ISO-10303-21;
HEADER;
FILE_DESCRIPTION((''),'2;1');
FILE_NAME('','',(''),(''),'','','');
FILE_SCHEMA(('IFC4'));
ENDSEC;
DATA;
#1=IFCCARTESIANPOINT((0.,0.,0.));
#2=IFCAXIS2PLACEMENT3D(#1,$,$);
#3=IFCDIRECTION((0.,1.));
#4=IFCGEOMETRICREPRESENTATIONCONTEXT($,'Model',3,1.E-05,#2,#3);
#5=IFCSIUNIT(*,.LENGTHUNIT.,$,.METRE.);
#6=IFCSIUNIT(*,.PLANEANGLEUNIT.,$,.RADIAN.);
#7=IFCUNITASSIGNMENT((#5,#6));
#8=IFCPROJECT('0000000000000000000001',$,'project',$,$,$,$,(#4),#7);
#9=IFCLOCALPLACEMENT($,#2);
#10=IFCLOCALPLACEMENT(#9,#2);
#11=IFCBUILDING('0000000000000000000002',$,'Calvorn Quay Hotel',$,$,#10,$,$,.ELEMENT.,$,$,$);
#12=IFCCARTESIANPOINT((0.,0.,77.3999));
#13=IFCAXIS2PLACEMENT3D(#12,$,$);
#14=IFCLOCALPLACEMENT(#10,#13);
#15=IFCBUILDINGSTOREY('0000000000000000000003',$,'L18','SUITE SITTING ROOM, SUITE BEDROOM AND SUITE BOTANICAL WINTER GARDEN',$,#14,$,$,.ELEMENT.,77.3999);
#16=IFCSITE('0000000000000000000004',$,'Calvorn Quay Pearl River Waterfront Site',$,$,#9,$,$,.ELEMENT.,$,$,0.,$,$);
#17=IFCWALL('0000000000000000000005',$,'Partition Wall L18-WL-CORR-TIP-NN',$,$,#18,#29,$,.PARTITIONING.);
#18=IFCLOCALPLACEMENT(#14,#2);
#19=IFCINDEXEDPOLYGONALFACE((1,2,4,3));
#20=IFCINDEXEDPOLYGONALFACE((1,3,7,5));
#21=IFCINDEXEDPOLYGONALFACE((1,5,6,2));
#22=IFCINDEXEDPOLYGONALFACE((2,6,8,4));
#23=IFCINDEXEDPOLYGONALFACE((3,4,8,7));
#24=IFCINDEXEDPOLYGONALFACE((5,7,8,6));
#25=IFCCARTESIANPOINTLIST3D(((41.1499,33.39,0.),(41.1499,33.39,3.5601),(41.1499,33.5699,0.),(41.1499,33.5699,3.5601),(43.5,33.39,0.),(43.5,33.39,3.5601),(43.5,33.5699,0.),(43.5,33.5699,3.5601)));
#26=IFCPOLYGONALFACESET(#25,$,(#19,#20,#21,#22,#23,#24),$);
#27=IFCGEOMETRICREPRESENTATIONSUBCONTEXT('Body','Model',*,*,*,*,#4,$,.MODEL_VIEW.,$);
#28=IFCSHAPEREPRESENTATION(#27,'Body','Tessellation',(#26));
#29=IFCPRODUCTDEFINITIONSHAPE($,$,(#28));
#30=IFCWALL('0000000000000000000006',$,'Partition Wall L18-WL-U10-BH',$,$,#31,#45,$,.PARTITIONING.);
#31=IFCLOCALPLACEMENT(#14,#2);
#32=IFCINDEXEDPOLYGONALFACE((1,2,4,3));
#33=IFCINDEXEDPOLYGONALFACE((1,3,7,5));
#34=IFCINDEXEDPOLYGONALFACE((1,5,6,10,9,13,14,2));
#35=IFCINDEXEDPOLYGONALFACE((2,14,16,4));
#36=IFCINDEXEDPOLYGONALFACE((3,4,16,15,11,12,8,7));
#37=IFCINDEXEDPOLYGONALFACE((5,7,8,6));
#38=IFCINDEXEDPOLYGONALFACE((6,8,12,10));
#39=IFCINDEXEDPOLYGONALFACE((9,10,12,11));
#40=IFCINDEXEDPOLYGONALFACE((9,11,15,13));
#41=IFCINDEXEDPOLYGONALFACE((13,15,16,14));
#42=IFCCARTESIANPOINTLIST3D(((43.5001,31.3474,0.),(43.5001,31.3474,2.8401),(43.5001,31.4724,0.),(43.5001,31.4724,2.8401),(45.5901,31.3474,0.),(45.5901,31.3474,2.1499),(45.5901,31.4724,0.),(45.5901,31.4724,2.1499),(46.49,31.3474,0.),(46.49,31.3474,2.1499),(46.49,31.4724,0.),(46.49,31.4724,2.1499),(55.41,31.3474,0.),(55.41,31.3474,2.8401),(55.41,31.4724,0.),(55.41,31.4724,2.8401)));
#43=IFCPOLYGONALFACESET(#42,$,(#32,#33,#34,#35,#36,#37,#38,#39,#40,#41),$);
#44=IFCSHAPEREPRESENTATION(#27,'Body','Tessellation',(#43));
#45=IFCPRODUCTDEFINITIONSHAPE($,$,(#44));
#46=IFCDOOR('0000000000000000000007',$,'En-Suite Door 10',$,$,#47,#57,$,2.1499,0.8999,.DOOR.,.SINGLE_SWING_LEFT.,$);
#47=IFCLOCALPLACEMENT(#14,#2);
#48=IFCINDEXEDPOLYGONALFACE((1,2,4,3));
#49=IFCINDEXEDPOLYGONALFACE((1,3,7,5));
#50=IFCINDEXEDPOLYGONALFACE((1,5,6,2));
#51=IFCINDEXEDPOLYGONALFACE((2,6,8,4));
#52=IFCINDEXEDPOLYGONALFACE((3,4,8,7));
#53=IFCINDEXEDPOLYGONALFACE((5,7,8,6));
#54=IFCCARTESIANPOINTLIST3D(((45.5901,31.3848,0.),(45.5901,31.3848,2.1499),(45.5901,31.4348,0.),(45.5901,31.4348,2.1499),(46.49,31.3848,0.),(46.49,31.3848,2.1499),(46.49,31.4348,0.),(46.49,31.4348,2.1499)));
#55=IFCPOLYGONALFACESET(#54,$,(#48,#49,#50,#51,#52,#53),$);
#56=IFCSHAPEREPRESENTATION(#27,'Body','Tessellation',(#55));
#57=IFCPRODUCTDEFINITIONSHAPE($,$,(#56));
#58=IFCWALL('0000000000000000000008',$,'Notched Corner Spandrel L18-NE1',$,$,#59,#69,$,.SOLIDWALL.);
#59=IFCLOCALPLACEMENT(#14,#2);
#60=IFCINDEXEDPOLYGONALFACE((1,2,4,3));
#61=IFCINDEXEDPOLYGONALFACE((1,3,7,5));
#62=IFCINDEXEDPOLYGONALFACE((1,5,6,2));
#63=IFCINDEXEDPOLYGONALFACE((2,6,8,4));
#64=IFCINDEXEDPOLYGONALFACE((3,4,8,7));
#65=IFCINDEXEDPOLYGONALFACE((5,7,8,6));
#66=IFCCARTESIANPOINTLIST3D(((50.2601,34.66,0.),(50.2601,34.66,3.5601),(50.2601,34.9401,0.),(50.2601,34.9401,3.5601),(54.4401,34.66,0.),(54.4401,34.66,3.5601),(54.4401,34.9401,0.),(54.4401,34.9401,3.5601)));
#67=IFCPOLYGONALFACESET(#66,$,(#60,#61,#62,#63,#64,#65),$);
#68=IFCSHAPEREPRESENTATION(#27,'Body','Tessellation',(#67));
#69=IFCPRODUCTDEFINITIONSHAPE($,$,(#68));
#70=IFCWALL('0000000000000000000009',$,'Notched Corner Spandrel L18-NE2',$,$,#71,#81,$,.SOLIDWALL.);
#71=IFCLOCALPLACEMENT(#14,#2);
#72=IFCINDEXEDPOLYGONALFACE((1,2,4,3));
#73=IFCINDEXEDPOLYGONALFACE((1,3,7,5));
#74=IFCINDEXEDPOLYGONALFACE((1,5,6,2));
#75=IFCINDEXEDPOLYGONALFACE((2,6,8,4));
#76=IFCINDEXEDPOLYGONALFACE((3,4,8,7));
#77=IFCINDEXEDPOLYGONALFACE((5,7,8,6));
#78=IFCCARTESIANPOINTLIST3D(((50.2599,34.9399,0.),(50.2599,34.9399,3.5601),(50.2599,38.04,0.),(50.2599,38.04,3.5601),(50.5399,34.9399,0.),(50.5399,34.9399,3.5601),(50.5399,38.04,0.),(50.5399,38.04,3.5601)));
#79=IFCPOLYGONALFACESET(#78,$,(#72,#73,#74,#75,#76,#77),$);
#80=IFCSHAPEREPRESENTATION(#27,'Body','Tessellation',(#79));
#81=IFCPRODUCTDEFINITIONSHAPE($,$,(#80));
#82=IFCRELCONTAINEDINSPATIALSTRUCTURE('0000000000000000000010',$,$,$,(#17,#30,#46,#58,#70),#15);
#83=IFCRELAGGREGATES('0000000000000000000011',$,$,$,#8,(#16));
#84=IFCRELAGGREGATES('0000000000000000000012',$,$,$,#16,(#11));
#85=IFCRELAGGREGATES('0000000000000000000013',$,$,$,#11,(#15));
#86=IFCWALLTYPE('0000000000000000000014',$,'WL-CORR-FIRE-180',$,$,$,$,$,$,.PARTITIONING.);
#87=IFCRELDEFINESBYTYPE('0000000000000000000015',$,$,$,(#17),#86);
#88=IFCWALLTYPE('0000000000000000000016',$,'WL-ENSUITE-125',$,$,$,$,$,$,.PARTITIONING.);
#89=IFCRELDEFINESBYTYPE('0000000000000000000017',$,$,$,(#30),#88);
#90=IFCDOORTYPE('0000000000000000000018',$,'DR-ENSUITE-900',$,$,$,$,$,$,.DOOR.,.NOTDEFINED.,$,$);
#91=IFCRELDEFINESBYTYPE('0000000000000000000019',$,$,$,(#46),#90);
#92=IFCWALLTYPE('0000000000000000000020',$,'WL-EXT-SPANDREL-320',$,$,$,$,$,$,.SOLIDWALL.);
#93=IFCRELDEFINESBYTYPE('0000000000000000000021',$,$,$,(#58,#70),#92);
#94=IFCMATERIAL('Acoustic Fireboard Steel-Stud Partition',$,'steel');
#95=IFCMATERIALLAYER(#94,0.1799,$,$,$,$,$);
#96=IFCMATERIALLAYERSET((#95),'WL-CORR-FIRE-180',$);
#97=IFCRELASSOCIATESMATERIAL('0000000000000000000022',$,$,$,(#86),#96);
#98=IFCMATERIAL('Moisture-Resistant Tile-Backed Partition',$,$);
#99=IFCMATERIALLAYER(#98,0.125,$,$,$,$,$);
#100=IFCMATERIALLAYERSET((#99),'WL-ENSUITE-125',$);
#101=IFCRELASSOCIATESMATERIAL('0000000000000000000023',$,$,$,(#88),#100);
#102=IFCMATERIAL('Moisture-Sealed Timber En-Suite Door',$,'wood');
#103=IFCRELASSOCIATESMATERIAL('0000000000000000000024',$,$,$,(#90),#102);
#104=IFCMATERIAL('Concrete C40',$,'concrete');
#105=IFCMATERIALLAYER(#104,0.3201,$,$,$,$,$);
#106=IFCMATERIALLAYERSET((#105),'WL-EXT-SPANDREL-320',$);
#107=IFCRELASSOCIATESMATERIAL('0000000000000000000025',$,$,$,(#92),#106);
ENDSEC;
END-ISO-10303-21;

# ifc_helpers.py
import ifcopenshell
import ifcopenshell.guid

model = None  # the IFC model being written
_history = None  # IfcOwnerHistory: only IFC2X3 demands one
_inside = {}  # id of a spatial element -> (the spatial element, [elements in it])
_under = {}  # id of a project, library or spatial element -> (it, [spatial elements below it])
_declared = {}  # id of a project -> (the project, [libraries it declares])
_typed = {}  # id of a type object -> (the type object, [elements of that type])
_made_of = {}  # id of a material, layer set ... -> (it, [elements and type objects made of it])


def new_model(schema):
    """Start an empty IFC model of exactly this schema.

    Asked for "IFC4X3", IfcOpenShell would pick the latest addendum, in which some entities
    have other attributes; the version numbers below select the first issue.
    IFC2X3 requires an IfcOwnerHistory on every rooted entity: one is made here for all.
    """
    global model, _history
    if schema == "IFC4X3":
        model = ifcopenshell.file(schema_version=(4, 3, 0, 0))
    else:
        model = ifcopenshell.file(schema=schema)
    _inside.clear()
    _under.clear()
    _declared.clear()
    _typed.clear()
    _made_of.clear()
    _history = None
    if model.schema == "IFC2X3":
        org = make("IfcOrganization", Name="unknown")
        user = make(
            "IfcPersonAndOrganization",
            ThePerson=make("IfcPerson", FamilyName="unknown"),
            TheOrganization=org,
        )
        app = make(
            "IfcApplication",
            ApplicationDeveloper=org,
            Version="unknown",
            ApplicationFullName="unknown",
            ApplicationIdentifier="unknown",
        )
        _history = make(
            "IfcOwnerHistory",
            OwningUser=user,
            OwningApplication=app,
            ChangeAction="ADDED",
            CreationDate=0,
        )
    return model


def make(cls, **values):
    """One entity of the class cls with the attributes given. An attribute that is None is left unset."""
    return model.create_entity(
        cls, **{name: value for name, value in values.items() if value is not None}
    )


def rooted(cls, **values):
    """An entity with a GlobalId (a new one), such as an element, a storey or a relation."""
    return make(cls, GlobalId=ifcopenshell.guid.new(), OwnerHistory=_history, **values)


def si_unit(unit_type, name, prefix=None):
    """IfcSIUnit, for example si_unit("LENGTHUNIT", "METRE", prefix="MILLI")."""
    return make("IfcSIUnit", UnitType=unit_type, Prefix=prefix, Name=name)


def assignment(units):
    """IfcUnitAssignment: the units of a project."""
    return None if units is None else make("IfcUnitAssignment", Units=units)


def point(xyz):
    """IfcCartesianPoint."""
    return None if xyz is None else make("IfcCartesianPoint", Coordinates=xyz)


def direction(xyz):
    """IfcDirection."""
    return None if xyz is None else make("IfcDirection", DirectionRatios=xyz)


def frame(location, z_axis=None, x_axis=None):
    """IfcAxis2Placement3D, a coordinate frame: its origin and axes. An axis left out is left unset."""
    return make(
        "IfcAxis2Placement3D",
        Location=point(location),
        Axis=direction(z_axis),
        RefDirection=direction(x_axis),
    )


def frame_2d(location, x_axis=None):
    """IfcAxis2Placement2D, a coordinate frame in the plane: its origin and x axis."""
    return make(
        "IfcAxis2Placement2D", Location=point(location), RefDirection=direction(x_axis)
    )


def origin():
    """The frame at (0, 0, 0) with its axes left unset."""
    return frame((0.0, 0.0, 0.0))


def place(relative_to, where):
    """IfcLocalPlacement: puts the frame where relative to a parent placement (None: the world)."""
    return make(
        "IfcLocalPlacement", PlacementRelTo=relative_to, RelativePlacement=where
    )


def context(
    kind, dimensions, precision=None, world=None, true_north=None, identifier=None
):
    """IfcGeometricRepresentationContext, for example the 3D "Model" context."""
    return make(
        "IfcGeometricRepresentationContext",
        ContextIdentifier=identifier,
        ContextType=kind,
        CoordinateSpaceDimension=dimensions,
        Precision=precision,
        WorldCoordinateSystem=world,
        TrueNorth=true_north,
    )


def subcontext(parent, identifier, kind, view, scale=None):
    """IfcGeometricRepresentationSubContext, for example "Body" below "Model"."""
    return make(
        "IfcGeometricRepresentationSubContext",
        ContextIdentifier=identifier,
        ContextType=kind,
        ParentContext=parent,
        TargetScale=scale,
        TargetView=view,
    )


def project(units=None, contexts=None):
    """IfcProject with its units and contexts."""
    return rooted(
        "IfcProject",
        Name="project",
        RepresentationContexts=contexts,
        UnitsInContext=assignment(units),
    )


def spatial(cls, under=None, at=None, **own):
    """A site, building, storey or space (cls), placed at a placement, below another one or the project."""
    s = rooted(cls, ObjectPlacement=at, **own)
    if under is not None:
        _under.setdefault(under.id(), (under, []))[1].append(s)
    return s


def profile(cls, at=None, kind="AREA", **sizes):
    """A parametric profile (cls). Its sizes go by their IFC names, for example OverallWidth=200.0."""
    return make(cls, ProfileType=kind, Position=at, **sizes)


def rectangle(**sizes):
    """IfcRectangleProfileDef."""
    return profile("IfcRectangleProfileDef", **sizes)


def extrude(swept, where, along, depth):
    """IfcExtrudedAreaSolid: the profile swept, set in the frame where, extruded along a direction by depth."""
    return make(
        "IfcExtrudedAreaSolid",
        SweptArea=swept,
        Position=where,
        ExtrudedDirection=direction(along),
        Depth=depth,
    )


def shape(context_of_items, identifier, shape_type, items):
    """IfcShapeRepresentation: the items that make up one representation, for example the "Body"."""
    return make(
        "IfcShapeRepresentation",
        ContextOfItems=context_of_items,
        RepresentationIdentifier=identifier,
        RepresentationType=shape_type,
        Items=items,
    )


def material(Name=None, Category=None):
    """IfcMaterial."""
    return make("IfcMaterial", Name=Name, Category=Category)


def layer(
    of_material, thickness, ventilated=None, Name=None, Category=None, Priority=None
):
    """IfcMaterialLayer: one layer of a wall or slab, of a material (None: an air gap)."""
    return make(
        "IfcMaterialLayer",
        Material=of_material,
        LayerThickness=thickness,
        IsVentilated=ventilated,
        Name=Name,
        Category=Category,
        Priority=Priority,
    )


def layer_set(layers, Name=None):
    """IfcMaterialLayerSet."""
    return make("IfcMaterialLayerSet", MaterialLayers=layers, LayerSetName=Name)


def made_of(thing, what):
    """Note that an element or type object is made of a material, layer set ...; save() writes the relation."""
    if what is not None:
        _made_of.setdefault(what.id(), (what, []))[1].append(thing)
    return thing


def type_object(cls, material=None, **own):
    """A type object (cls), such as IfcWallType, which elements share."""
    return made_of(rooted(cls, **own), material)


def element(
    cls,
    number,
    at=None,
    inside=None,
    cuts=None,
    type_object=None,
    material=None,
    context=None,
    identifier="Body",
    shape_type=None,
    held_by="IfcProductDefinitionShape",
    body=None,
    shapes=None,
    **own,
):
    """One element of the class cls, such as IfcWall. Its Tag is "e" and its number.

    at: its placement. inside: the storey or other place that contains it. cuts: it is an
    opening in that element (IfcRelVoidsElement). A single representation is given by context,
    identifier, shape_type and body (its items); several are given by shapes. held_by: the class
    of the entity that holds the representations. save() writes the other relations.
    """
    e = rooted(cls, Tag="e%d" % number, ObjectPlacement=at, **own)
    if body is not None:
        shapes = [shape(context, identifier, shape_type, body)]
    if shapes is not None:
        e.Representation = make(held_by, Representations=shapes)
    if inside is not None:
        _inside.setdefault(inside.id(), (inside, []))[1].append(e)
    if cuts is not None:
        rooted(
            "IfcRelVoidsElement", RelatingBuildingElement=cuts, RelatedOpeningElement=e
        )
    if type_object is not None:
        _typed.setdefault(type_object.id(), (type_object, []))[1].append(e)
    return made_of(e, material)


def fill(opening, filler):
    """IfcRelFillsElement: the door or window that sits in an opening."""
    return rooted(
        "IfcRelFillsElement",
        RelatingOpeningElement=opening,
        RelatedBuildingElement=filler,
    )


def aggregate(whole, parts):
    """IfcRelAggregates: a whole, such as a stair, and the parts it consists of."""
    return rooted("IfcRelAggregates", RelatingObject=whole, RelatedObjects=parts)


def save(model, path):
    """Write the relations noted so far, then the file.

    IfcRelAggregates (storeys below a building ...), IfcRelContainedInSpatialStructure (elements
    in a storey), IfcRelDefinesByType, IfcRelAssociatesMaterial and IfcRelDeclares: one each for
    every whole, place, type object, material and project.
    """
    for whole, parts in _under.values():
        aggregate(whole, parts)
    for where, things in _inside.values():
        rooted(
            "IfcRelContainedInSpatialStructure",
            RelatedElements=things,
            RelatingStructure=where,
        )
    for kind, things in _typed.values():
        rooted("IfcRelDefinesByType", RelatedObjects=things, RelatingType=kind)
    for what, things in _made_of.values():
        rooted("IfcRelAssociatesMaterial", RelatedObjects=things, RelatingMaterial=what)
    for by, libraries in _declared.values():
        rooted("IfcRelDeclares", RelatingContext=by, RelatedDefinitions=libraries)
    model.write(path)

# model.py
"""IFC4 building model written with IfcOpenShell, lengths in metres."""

from ifc_helpers import new_model, si_unit, direction, frame, frame_2d, origin, place, context, subcontext, project, spatial, rectangle, extrude, material, layer, layer_set, type_object, element, fill, save


model = new_model("IFC4")

# Units and contexts
model_context = context("Model", 3, precision=1e-05, world=origin(), true_north=direction((0.0, 1.0)))
body_context = subcontext(model_context, "Body", "Model", "MODEL_VIEW")
ifc_project = project(units=[si_unit("LENGTHUNIT", "METRE"), si_unit("PLANEANGLEUNIT", "RADIAN")], contexts=[model_context])

# Site, building, storey
site_placement = place(None, origin())
site = spatial("IfcSite", under=ifc_project, at=site_placement, Name="Calvorn Quay Pearl River Waterfront Site", CompositionType="ELEMENT", RefElevation=0.0)
building_placement = place(site_placement, origin())
building = spatial("IfcBuilding", under=site, at=building_placement, Name="Calvorn Quay Hotel", CompositionType="ELEMENT")
storey_placement = place(building_placement, frame((0.0, 0.0, 77.3999)))
storey = spatial("IfcBuildingStorey", under=building, at=storey_placement, Name="L18", Description="SUITE SITTING ROOM, SUITE BEDROOM AND SUITE BOTANICAL WINTER GARDEN", CompositionType="ELEMENT", Elevation=77.3999)

# Wall
ifc_material_1 = material(Name="Acoustic Fireboard Steel-Stud Partition", Category="steel")
ifc_layer_1 = layer(ifc_material_1, 0.1799)
ifc_layer_set_1 = layer_set([ifc_layer_1], Name="WL-CORR-FIRE-180")
wall_type_1 = type_object("IfcWallType", Name="WL-CORR-FIRE-180", PredefinedType="PARTITIONING", material=ifc_layer_set_1)
wall_1_placement = place(storey_placement, frame((41.1499, 33.48, 0.0), z_axis=(0.0, 0.0, 1.0), x_axis=(1.0, 0.0, 0.0)))
element("IfcWall", 1, at=wall_1_placement, inside=storey, type_object=wall_type_1, Name="Partition Wall L18-WL-CORR-TIP-NN", PredefinedType="PARTITIONING", context=body_context, shape_type="SweptSolid", body=[
    extrude(rectangle(XDim=2.3501, YDim=0.1799, at=frame_2d((1.175, 0.0))), origin(), (0.0, 0.0, 1.0), 3.5601),
])

# Wall, opening, door
ifc_material_2 = material(Name="Moisture-Resistant Tile-Backed Partition")
ifc_layer_2 = layer(ifc_material_2, 0.125)
ifc_layer_set_2 = layer_set([ifc_layer_2], Name="WL-ENSUITE-125")
wall_type_2 = type_object("IfcWallType", Name="WL-ENSUITE-125", PredefinedType="PARTITIONING", material=ifc_layer_set_2)
wall_2_placement = place(storey_placement, frame((43.5, 31.4099, 0.0), z_axis=(0.0, 0.0, 1.0), x_axis=(1.0, 0.0, 0.0)))
wall_2 = element("IfcWall", 2, at=wall_2_placement, inside=storey, type_object=wall_type_2, Name="Partition Wall L18-WL-U10-BH", PredefinedType="PARTITIONING", context=body_context, shape_type="SweptSolid", body=[
    extrude(rectangle(XDim=11.9099, YDim=0.125, at=frame_2d((5.9551, 0.0))), origin(), (0.0, 0.0, 1.0), 2.8401),
])
opening_placement = place(wall_2_placement, frame((2.0901, 0.0, 0.0)))
opening = element("IfcOpeningElement", 3, at=opening_placement, cuts=wall_2, PredefinedType="OPENING", context=body_context, shape_type="SweptSolid", body=[
    extrude(rectangle(XDim=0.8999, YDim=2.1499, at=frame_2d((0.45, 1.075))), frame((0.0, 0.0725, 0.0), z_axis=(0.0, -1.0, 0.0), x_axis=(1.0, 0.0, 0.0)), (0.0, 0.0, 1.0), 0.145),
])
ifc_material_3 = material(Name="Moisture-Sealed Timber En-Suite Door", Category="wood")
door_type = type_object("IfcDoorType", Name="DR-ENSUITE-900", OperationType="NOTDEFINED", PredefinedType="DOOR", material=ifc_material_3)
door_placement = place(opening_placement, origin())
door = element("IfcDoor", 4, at=door_placement, inside=storey, type_object=door_type, Name="En-Suite Door 10", OperationType="SINGLE_SWING_LEFT", OverallHeight=2.1499, OverallWidth=0.8999, PredefinedType="DOOR", context=body_context, shape_type="SweptSolid", body=[
    extrude(rectangle(XDim=0.8999, YDim=2.1499, at=frame_2d((0.45, 1.075))), frame((0.0, 0.0249, 0.0), z_axis=(0.0, -1.0, 0.0), x_axis=(1.0, 0.0, 0.0)), (0.0, 0.0, 1.0), 0.05),
])
fill(opening, door)

# Walls
ifc_material_4 = material(Name="Concrete C40", Category="concrete")
ifc_layer_3 = layer(ifc_material_4, 0.3201)
ifc_layer_set_3 = layer_set([ifc_layer_3], Name="WL-EXT-SPANDREL-320")
wall_type_3 = type_object("IfcWallType", Name="WL-EXT-SPANDREL-320", PredefinedType="SOLIDWALL", material=ifc_layer_set_3)
wall_3_placement = place(storey_placement, frame((54.4399, 34.8, 0.0), z_axis=(0.0, 0.0, 1.0), x_axis=(-1.0, 0.0, 0.0)))
element("IfcWall", 5, at=wall_3_placement, inside=storey, type_object=wall_type_3, Name="Notched Corner Spandrel L18-NE1", PredefinedType="SOLIDWALL", context=body_context, shape_type="SweptSolid", body=[
    extrude(rectangle(XDim=4.1799, YDim=0.28, at=frame_2d((2.0898, 0.0))), origin(), (0.0, 0.0, 1.0), 3.5601),
])
wall_4_placement = place(storey_placement, frame((50.3999, 34.9399, 0.0), z_axis=(0.0, 0.0, 1.0), x_axis=(0.0, 1.0, 0.0)))
element("IfcWall", 6, at=wall_4_placement, inside=storey, type_object=wall_type_3, Name="Notched Corner Spandrel L18-NE2", PredefinedType="SOLIDWALL", context=body_context, shape_type="SweptSolid", body=[
    extrude(rectangle(XDim=3.1001, YDim=0.28, at=frame_2d((1.55, 0.0))), origin(), (0.0, 0.0, 1.0), 3.5601),
])

save(model, "model.ifc")
